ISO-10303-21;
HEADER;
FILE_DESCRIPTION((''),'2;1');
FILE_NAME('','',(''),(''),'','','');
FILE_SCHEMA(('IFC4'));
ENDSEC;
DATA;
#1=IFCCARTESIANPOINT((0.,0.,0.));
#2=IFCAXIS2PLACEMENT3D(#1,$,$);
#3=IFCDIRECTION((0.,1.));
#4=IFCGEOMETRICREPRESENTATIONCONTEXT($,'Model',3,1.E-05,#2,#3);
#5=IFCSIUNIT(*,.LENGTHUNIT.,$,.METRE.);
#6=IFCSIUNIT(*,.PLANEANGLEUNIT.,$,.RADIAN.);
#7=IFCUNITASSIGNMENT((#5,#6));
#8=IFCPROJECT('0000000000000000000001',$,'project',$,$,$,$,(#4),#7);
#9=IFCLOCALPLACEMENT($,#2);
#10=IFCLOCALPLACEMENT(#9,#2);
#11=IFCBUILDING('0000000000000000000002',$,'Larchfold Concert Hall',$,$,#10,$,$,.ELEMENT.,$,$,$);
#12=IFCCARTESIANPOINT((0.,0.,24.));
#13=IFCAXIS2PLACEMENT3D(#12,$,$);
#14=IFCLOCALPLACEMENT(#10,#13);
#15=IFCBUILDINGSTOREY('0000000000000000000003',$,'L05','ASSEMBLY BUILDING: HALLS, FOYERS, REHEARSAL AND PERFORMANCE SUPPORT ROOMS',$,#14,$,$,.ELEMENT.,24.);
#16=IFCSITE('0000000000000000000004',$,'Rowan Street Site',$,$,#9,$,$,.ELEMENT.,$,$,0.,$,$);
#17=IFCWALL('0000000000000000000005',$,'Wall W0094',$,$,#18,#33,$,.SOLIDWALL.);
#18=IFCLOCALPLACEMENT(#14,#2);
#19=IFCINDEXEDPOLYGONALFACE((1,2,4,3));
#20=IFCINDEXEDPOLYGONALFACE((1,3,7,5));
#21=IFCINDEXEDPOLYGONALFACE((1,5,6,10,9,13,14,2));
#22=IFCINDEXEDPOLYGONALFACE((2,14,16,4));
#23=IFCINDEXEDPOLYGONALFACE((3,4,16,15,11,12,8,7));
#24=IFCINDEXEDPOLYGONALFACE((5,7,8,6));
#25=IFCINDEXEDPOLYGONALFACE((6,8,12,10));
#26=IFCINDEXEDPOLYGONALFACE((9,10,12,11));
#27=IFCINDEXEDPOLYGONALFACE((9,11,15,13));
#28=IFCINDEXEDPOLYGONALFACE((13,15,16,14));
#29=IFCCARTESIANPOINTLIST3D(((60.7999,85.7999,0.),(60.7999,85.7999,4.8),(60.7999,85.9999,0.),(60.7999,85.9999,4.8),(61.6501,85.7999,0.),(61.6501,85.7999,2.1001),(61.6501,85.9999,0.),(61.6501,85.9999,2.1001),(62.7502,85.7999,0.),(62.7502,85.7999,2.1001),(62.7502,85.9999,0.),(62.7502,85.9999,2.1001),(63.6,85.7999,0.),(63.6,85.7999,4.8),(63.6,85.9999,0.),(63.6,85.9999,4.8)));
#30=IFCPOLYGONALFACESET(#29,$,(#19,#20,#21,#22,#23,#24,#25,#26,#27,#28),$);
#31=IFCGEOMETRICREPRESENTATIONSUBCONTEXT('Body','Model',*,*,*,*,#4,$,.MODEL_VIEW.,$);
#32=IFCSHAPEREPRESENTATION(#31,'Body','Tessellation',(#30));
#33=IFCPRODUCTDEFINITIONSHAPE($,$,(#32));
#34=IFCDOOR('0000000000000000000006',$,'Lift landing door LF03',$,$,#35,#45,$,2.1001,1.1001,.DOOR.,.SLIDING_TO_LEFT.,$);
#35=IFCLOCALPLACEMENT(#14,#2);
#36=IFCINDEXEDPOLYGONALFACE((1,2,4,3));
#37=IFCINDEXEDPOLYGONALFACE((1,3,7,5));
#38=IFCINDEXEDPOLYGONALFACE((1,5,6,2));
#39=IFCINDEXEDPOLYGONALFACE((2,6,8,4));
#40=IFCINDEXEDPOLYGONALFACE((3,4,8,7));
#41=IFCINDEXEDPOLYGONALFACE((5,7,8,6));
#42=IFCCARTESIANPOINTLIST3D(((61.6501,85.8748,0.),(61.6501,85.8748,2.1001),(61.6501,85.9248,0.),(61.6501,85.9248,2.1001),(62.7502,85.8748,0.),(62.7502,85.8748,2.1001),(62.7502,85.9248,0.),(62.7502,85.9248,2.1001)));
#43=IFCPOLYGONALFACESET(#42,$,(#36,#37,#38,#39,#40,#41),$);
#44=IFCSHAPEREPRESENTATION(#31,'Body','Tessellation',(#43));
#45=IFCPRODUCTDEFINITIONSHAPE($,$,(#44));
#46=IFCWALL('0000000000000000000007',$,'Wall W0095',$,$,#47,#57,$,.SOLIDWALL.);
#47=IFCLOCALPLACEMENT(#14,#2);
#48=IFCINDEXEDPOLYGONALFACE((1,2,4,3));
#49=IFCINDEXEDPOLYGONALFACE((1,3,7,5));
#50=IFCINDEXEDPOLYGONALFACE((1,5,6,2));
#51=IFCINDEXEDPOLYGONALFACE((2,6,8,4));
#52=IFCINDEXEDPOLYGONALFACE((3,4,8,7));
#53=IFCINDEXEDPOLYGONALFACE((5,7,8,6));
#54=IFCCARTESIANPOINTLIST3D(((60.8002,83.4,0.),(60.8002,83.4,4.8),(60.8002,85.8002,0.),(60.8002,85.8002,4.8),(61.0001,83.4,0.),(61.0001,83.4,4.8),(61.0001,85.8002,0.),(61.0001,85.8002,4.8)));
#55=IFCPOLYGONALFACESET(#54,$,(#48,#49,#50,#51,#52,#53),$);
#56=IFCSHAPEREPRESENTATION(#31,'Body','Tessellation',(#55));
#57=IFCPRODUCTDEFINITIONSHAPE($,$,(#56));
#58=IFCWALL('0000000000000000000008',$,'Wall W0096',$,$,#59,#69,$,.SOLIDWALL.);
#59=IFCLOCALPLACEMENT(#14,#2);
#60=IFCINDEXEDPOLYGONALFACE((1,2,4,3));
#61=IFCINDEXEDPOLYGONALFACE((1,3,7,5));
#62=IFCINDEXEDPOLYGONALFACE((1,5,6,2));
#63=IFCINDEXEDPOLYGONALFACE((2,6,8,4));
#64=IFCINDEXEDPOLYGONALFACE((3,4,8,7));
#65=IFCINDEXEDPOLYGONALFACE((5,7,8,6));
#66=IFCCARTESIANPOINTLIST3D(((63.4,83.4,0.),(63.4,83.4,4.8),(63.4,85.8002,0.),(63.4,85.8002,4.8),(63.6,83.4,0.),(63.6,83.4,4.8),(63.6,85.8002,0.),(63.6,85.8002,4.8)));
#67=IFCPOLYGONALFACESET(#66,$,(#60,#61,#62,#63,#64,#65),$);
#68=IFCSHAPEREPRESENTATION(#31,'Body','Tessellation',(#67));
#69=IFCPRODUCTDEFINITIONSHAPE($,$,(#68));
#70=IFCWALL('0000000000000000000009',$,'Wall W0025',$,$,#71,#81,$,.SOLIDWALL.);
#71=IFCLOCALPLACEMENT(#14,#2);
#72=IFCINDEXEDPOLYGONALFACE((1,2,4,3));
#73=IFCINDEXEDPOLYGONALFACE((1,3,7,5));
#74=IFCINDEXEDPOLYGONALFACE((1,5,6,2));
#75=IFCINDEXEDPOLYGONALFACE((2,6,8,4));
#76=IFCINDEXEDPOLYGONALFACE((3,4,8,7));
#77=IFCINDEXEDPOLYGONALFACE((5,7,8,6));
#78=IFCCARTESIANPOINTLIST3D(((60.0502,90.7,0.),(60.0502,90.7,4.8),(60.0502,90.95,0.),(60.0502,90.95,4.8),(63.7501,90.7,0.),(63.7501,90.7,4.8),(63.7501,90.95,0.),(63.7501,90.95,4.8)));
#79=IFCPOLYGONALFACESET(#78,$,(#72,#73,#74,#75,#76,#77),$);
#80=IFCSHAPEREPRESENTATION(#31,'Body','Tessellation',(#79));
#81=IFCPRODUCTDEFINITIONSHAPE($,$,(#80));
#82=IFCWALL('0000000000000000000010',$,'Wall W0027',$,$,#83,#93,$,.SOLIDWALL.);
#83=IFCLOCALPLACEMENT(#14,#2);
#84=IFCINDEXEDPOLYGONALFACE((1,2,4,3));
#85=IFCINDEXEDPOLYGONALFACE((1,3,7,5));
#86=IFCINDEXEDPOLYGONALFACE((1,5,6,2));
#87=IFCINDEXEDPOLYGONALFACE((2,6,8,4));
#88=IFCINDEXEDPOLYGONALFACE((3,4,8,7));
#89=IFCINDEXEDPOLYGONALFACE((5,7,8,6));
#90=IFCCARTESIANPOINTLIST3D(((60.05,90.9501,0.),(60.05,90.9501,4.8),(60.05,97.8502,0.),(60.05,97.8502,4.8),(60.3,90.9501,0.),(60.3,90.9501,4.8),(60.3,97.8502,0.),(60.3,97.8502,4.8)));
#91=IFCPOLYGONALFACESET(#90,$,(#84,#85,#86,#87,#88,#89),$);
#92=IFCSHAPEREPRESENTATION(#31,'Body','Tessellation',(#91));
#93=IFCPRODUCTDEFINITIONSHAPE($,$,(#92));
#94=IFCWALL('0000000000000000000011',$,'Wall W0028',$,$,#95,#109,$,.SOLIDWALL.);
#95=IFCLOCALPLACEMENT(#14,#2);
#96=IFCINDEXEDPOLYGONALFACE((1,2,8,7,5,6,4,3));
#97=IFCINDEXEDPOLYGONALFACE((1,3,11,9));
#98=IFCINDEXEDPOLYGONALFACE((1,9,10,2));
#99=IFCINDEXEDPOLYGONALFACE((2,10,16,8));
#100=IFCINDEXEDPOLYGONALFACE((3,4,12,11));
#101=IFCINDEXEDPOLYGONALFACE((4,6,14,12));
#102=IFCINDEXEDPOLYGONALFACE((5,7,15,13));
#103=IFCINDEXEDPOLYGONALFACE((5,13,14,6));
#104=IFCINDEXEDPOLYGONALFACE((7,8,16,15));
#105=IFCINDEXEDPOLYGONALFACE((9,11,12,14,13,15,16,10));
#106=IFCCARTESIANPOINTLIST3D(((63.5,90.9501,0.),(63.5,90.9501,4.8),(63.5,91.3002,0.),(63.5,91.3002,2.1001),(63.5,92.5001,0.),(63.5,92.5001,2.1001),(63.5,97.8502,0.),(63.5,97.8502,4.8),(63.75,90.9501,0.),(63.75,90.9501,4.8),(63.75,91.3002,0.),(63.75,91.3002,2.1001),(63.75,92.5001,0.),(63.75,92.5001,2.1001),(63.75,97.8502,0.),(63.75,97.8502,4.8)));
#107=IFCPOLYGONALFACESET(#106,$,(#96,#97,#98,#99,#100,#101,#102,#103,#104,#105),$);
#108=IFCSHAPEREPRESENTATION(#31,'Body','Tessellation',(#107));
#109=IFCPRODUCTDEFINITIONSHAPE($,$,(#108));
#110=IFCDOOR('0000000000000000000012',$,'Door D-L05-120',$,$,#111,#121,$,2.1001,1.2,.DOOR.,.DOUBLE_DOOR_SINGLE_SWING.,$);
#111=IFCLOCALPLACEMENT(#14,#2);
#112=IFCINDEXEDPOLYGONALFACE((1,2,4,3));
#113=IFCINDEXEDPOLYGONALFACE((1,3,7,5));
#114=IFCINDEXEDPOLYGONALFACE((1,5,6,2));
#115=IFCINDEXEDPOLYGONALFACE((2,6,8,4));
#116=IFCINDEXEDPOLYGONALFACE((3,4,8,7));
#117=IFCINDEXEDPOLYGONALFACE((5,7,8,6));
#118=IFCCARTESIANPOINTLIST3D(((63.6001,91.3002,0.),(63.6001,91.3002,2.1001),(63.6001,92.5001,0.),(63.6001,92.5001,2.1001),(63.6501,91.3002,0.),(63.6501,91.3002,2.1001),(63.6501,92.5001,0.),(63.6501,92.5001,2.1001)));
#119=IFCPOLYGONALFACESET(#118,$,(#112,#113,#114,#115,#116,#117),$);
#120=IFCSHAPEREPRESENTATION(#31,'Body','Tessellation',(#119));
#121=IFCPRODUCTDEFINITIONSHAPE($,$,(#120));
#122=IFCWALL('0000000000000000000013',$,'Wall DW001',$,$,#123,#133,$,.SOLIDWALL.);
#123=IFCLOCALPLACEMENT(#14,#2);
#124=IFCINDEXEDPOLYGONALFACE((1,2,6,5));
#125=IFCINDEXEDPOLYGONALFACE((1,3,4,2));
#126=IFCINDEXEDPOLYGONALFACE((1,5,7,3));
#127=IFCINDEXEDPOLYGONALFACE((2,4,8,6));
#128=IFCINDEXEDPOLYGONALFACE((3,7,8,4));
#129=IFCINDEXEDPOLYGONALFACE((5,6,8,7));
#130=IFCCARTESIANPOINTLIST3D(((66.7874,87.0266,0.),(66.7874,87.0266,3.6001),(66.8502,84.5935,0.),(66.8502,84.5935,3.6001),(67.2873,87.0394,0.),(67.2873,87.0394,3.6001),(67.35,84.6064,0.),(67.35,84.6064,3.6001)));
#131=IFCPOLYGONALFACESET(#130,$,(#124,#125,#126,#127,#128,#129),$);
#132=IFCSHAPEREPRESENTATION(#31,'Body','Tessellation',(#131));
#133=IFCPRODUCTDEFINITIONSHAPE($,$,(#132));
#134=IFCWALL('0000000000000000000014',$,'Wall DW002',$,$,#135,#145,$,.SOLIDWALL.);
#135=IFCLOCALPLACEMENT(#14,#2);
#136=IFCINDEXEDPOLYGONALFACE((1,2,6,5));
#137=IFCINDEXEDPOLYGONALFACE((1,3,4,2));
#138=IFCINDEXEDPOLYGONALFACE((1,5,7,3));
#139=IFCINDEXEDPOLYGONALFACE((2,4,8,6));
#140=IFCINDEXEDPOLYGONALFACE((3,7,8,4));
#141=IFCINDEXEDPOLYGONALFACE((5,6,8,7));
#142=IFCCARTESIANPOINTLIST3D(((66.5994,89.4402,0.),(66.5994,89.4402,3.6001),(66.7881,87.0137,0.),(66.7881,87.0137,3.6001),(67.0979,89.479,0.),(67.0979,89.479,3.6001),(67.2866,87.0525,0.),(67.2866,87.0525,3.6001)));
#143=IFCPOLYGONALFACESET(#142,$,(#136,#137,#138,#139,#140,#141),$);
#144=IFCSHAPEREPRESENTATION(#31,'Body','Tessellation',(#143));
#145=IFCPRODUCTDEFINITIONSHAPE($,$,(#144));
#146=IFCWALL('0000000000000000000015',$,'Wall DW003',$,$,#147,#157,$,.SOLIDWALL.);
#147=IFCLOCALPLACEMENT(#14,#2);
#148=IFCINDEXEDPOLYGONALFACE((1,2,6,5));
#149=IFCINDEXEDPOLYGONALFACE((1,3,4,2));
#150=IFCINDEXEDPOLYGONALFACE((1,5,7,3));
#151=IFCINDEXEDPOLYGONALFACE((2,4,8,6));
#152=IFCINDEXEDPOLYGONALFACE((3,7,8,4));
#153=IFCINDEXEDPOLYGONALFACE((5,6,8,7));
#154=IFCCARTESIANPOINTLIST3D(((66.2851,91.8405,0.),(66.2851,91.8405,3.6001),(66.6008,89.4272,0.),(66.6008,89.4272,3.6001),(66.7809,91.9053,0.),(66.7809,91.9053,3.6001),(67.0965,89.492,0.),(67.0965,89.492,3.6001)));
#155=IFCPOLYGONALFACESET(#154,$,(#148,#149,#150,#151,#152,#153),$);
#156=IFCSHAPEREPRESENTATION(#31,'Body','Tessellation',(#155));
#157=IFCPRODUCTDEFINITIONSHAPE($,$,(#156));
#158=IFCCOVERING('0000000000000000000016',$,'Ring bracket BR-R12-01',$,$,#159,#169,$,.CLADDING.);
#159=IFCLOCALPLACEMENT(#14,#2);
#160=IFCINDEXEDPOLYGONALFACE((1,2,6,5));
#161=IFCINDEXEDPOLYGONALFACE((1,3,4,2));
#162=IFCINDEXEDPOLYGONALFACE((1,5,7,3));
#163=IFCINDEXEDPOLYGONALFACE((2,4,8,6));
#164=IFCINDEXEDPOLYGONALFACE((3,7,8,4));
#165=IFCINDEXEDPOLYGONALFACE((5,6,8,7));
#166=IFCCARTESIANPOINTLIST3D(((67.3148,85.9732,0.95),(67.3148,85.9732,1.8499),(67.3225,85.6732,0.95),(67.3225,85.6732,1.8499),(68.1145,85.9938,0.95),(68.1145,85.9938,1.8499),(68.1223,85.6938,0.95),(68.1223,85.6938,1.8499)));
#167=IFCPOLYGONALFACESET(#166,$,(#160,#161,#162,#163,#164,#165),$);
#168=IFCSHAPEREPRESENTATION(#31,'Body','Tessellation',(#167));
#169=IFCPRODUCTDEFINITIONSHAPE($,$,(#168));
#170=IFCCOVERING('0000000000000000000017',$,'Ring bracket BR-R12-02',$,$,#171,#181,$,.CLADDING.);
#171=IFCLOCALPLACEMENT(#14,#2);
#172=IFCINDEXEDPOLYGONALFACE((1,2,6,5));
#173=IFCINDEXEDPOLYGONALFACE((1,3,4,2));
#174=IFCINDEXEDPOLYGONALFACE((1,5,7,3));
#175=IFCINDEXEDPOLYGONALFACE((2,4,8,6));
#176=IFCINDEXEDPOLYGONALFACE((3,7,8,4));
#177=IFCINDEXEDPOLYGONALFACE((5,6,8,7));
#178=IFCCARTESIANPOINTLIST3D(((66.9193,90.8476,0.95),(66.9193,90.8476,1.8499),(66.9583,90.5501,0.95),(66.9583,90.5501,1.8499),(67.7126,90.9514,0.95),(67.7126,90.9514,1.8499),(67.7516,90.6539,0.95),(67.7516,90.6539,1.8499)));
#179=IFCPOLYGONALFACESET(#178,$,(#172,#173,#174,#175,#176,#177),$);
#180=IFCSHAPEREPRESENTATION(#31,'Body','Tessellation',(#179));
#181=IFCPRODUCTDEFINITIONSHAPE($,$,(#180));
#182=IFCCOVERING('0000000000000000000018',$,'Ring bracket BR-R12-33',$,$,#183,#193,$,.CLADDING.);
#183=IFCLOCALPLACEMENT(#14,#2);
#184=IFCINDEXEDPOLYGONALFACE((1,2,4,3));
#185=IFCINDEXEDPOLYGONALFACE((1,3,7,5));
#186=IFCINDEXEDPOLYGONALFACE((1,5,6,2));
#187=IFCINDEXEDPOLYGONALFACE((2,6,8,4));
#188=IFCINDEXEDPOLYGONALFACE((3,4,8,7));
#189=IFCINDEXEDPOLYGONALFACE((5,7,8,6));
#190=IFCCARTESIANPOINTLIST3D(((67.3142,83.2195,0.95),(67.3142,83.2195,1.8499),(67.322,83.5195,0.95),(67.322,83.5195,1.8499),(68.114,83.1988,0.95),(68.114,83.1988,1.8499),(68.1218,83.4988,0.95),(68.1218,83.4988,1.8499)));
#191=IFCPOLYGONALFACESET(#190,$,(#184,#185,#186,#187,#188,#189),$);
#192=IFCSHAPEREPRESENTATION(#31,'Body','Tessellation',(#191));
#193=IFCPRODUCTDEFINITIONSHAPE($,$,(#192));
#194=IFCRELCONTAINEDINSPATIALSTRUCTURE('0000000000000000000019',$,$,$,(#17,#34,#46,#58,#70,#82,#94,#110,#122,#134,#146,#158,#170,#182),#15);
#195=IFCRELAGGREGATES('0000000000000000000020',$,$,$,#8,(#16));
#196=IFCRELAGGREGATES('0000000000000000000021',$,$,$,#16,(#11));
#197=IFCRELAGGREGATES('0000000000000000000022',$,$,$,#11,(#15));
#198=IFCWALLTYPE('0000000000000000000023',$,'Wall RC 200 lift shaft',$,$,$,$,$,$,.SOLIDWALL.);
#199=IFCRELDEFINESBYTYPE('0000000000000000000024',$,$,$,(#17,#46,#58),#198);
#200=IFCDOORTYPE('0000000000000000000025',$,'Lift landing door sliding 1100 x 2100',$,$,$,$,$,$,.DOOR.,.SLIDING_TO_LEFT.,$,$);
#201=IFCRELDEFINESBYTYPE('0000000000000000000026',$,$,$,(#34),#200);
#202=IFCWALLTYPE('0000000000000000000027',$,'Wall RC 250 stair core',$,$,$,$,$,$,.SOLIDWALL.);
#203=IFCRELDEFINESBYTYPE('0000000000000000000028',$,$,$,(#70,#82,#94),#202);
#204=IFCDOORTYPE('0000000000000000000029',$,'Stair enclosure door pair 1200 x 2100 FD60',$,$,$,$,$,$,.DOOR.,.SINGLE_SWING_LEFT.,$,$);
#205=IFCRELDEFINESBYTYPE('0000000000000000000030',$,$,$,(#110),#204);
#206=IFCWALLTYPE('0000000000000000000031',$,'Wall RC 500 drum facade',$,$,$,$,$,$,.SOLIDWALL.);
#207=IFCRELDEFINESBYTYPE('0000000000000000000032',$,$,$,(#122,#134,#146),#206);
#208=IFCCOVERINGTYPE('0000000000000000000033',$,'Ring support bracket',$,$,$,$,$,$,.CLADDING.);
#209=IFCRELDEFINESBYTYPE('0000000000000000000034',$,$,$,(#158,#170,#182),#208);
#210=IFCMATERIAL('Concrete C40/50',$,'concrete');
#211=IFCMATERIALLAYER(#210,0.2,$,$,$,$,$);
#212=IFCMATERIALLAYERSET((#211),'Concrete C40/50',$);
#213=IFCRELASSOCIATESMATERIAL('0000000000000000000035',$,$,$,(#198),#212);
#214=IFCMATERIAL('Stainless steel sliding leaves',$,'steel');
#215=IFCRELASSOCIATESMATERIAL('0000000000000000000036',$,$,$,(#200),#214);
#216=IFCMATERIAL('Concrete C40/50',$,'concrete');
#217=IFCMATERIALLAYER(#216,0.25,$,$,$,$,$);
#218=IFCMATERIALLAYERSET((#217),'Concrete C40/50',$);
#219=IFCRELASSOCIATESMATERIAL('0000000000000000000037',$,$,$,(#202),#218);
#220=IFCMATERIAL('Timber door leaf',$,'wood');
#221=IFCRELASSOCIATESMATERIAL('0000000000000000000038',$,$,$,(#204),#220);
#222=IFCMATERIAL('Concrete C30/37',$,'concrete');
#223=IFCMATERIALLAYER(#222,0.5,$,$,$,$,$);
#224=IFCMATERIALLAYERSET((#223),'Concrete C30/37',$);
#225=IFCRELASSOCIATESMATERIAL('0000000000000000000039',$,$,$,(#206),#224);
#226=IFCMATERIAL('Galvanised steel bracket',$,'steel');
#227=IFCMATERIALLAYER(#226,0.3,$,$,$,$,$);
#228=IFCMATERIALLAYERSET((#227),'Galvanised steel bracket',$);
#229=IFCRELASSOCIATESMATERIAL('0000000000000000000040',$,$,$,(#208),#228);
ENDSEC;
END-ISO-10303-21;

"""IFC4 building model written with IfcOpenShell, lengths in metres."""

from ifc_helpers import new_model, si_unit, direction, frame, frame_2d, origin, origin_2d, place, context, subcontext, project, spatial, rectangle, extrude, material, layer, layer_set, type_object, element, fill, save


model = new_model("IFC4")

# Units and contexts
model_context = context("Model", 3, precision=1e-05, world=origin(), true_north=direction((0.0, 1.0)))
body_context = subcontext(model_context, "Body", "Model", "MODEL_VIEW")
ifc_project = project(units=[si_unit("LENGTHUNIT", "METRE"), si_unit("PLANEANGLEUNIT", "RADIAN")], contexts=[model_context])

# Site, building, storey
site_placement = place(None, origin())
site = spatial("IfcSite", under=ifc_project, at=site_placement, Name="Rowan Street Site", CompositionType="ELEMENT", RefElevation=0.0)
building_placement = place(site_placement, origin())
building = spatial("IfcBuilding", under=site, at=building_placement, Name="Larchfold Concert Hall", CompositionType="ELEMENT")
storey_placement = place(building_placement, frame((0.0, 0.0, 24.0)))
storey = spatial("IfcBuildingStorey", under=building, at=storey_placement, Name="L05", Description="ASSEMBLY BUILDING: HALLS, FOYERS, REHEARSAL AND PERFORMANCE SUPPORT ROOMS", CompositionType="ELEMENT", Elevation=24.0)

# Shared definitions
ifc_material_1 = material(Name="Concrete C40/50", Category="concrete")
ifc_layer_1 = layer(ifc_material_1, 0.2)
ifc_layer_set_1 = layer_set([ifc_layer_1], Name="Concrete C40/50")
wall_type_1 = type_object("IfcWallType", Name="Wall RC 200 lift shaft", PredefinedType="SOLIDWALL", material=ifc_layer_set_1)

# Wall, opening, door
wall_1_placement = place(storey_placement, frame((60.8, 85.8999, 0.0), z_axis=(0.0, 0.0, 1.0), x_axis=(1.0, 0.0, 0.0)))
wall_1 = element("IfcWall", 1, at=wall_1_placement, inside=storey, type_object=wall_type_1, Name="Wall W0094", PredefinedType="SOLIDWALL", context=body_context, shape_type="SweptSolid", body=[
    extrude(rectangle(XDim=2.8, YDim=0.2, at=frame_2d((1.3999, 0.0))), origin(), (0.0, 0.0, 1.0), 4.8),
])
opening_1_placement = place(wall_1_placement, frame((0.8501, 0.0, 0.0)))
opening_1 = element("IfcOpeningElement", 2, at=opening_1_placement, cuts=wall_1, PredefinedType="OPENING", context=body_context, shape_type="SweptSolid", body=[
    extrude(rectangle(XDim=1.1001, YDim=2.1001, at=frame_2d((0.55, 1.05))), frame((0.0, 0.1099, 0.0), z_axis=(0.0, -1.0, 0.0), x_axis=(1.0, 0.0, 0.0)), (0.0, 0.0, 1.0), 0.22),
])
ifc_material_2 = material(Name="Stainless steel sliding leaves", Category="steel")
door_type_1 = type_object("IfcDoorType", Name="Lift landing door sliding 1100 x 2100", OperationType="SLIDING_TO_LEFT", PredefinedType="DOOR", material=ifc_material_2)
door_1_placement = place(opening_1_placement, origin())
door_1 = element("IfcDoor", 3, at=door_1_placement, inside=storey, type_object=door_type_1, Name="Lift landing door LF03", OperationType="SLIDING_TO_LEFT", OverallHeight=2.1001, OverallWidth=1.1001, PredefinedType="DOOR", context=body_context, shape_type="SweptSolid", body=[
    extrude(rectangle(XDim=1.1001, YDim=2.1001, at=frame_2d((0.55, 1.05))), frame((0.0, 0.0249, 0.0), z_axis=(0.0, -1.0, 0.0), x_axis=(1.0, 0.0, 0.0)), (0.0, 0.0, 1.0), 0.05),
])
fill(opening_1, door_1)

# Walls
for number, where, z_axis, x_axis, name in (
    (4, (60.9001, 83.3999, 0.0), (0.0, 0.0, 1.0), (0.0, 1.0, 0.0), "Wall W0095"),
    (5, (63.5, 83.3999, 0.0), (0.0, 0.0, 1.0), (0.0, 1.0, 0.0), "Wall W0096"),
):
    element("IfcWall", number, at=place(storey_placement, frame(where, z_axis=z_axis, x_axis=x_axis)), inside=storey, type_object=wall_type_1, Name=name, PredefinedType="SOLIDWALL", context=body_context, shape_type="SweptSolid", body=[
        extrude(rectangle(XDim=2.4001, YDim=0.2, at=frame_2d((1.2002, 0.0))), origin(), (0.0, 0.0, 1.0), 4.8),
    ])
ifc_material_3 = material(Name="Concrete C40/50", Category="concrete")
ifc_layer_2 = layer(ifc_material_3, 0.25)
ifc_layer_set_2 = layer_set([ifc_layer_2], Name="Concrete C40/50")
wall_type_2 = type_object("IfcWallType", Name="Wall RC 250 stair core", PredefinedType="SOLIDWALL", material=ifc_layer_set_2)
wall_2_placement = place(storey_placement, frame((60.05, 90.825, 0.0), z_axis=(0.0, 0.0, 1.0), x_axis=(1.0, 0.0, 0.0)))
element("IfcWall", 6, at=wall_2_placement, inside=storey, type_object=wall_type_2, Name="Wall W0025", PredefinedType="SOLIDWALL", context=body_context, shape_type="SweptSolid", body=[
    extrude(rectangle(XDim=3.7, YDim=0.25, at=frame_2d((1.8501, 0.0))), origin(), (0.0, 0.0, 1.0), 4.8),
])
wall_3_placement = place(storey_placement, frame((60.175, 90.95, 0.0), z_axis=(0.0, 0.0, 1.0), x_axis=(0.0, 1.0, 0.0)))
element("IfcWall", 7, at=wall_3_placement, inside=storey, type_object=wall_type_2, Name="Wall W0027", PredefinedType="SOLIDWALL", context=body_context, shape_type="SweptSolid", body=[
    extrude(rectangle(XDim=6.9001, YDim=0.25, at=frame_2d((3.4502, 0.0))), origin(), (0.0, 0.0, 1.0), 4.8),
])

# Wall, opening, door
wall_4_placement = place(storey_placement, frame((63.625, 90.95, 0.0), z_axis=(0.0, 0.0, 1.0), x_axis=(0.0, 1.0, 0.0)))
wall_4 = element("IfcWall", 8, at=wall_4_placement, inside=storey, type_object=wall_type_2, Name="Wall W0028", PredefinedType="SOLIDWALL", context=body_context, shape_type="SweptSolid", body=[
    extrude(rectangle(XDim=6.9001, YDim=0.25, at=frame_2d((3.4502, 0.0))), origin(), (0.0, 0.0, 1.0), 4.8),
])
opening_2_placement = place(wall_4_placement, frame((0.3501, 0.0, 0.0)))
opening_2 = element("IfcOpeningElement", 9, at=opening_2_placement, cuts=wall_4, PredefinedType="OPENING", context=body_context, shape_type="SweptSolid", body=[
    extrude(rectangle(XDim=1.2, YDim=2.1001, at=frame_2d((0.6001, 1.05))), frame((0.0, 0.135, 0.0), z_axis=(0.0, -1.0, 0.0), x_axis=(1.0, 0.0, 0.0)), (0.0, 0.0, 1.0), 0.27),
])
ifc_material_4 = material(Name="Timber door leaf", Category="wood")
door_type_2 = type_object("IfcDoorType", Name="Stair enclosure door pair 1200 x 2100 FD60", OperationType="SINGLE_SWING_LEFT", PredefinedType="DOOR", material=ifc_material_4)
door_2_placement = place(opening_2_placement, origin())
door_2 = element("IfcDoor", 10, at=door_2_placement, inside=storey, type_object=door_type_2, Name="Door D-L05-120", OperationType="DOUBLE_DOOR_SINGLE_SWING", OverallHeight=2.1001, OverallWidth=1.2, PredefinedType="DOOR", context=body_context, shape_type="SweptSolid", body=[
    extrude(rectangle(XDim=1.2, YDim=2.1001, at=frame_2d((0.6001, 1.05))), frame((0.0, 0.0249, 0.0), z_axis=(0.0, -1.0, 0.0), x_axis=(1.0, 0.0, 0.0)), (0.0, 0.0, 1.0), 0.05),
])
fill(opening_2, door_2)

# Walls
ifc_material_5 = material(Name="Concrete C30/37", Category="concrete")
ifc_layer_3 = layer(ifc_material_5, 0.5)
ifc_layer_set_3 = layer_set([ifc_layer_3], Name="Concrete C30/37")
wall_type_3 = type_object("IfcWallType", Name="Wall RC 500 drum facade", PredefinedType="SOLIDWALL", material=ifc_layer_set_3)
for number, where, z_axis, x_axis, name in (
    (11, (67.1001, 84.6001, 0.0), (0.0, 0.0, 1.0), (-0.025779, 0.999668, 0.0), "Wall DW001"),
    (12, (67.0374, 87.0332, 0.0), (0.0, 0.0, 1.0), (-0.07754, 0.996989, 0.0), "Wall DW002"),
    (13, (66.8486, 89.4597, 0.0), (0.0, 0.0, 1.0), (-0.129699, 0.991553, 0.0), "Wall DW003"),
):
    element("IfcWall", number, at=place(storey_placement, frame(where, z_axis=z_axis, x_axis=x_axis)), inside=storey, type_object=wall_type_3, Name=name, PredefinedType="SOLIDWALL", context=body_context, shape_type="SweptSolid", body=[
        extrude(rectangle(XDim=2.4338, YDim=0.5, at=frame_2d((1.2168, 0.0))), origin(), (0.0, 0.0, 1.0), 3.6001),
    ])

# Coverings
ifc_material_6 = material(Name="Galvanised steel bracket", Category="steel")
ifc_layer_4 = layer(ifc_material_6, 0.3)
ifc_layer_set_4 = layer_set([ifc_layer_4], Name="Galvanised steel bracket")
covering_type = type_object("IfcCoveringType", Name="Ring support bracket", PredefinedType="CLADDING", material=ifc_layer_set_4)
for number, where, z_axis, x_axis, name in (
    (14, (67.7185, 85.8335, 0.95), (0.0, 0.0, 1.0), (0.999669, 0.025743, 0.0), "Ring bracket BR-R12-01"),
    (15, (67.3354, 90.7507, 0.95), (0.0, 0.0, 1.0), (0.991554, 0.129693, 0.0), "Ring bracket BR-R12-02"),
    (16, (67.718, 83.3591, 0.95), (0.0, 0.0, 1.0), (0.999665, -0.025882, 0.0), "Ring bracket BR-R12-33"),
):
    element("IfcCovering", number, at=place(storey_placement, frame(where, z_axis=z_axis, x_axis=x_axis)), inside=storey, type_object=covering_type, Name=name, PredefinedType="CLADDING", context=body_context, shape_type="SweptSolid", body=[
        extrude(rectangle(XDim=0.8, YDim=0.3, at=origin_2d()), origin(), (0.0, 0.0, 1.0), 0.8999),
    ])

save(model, "model.ifc")
